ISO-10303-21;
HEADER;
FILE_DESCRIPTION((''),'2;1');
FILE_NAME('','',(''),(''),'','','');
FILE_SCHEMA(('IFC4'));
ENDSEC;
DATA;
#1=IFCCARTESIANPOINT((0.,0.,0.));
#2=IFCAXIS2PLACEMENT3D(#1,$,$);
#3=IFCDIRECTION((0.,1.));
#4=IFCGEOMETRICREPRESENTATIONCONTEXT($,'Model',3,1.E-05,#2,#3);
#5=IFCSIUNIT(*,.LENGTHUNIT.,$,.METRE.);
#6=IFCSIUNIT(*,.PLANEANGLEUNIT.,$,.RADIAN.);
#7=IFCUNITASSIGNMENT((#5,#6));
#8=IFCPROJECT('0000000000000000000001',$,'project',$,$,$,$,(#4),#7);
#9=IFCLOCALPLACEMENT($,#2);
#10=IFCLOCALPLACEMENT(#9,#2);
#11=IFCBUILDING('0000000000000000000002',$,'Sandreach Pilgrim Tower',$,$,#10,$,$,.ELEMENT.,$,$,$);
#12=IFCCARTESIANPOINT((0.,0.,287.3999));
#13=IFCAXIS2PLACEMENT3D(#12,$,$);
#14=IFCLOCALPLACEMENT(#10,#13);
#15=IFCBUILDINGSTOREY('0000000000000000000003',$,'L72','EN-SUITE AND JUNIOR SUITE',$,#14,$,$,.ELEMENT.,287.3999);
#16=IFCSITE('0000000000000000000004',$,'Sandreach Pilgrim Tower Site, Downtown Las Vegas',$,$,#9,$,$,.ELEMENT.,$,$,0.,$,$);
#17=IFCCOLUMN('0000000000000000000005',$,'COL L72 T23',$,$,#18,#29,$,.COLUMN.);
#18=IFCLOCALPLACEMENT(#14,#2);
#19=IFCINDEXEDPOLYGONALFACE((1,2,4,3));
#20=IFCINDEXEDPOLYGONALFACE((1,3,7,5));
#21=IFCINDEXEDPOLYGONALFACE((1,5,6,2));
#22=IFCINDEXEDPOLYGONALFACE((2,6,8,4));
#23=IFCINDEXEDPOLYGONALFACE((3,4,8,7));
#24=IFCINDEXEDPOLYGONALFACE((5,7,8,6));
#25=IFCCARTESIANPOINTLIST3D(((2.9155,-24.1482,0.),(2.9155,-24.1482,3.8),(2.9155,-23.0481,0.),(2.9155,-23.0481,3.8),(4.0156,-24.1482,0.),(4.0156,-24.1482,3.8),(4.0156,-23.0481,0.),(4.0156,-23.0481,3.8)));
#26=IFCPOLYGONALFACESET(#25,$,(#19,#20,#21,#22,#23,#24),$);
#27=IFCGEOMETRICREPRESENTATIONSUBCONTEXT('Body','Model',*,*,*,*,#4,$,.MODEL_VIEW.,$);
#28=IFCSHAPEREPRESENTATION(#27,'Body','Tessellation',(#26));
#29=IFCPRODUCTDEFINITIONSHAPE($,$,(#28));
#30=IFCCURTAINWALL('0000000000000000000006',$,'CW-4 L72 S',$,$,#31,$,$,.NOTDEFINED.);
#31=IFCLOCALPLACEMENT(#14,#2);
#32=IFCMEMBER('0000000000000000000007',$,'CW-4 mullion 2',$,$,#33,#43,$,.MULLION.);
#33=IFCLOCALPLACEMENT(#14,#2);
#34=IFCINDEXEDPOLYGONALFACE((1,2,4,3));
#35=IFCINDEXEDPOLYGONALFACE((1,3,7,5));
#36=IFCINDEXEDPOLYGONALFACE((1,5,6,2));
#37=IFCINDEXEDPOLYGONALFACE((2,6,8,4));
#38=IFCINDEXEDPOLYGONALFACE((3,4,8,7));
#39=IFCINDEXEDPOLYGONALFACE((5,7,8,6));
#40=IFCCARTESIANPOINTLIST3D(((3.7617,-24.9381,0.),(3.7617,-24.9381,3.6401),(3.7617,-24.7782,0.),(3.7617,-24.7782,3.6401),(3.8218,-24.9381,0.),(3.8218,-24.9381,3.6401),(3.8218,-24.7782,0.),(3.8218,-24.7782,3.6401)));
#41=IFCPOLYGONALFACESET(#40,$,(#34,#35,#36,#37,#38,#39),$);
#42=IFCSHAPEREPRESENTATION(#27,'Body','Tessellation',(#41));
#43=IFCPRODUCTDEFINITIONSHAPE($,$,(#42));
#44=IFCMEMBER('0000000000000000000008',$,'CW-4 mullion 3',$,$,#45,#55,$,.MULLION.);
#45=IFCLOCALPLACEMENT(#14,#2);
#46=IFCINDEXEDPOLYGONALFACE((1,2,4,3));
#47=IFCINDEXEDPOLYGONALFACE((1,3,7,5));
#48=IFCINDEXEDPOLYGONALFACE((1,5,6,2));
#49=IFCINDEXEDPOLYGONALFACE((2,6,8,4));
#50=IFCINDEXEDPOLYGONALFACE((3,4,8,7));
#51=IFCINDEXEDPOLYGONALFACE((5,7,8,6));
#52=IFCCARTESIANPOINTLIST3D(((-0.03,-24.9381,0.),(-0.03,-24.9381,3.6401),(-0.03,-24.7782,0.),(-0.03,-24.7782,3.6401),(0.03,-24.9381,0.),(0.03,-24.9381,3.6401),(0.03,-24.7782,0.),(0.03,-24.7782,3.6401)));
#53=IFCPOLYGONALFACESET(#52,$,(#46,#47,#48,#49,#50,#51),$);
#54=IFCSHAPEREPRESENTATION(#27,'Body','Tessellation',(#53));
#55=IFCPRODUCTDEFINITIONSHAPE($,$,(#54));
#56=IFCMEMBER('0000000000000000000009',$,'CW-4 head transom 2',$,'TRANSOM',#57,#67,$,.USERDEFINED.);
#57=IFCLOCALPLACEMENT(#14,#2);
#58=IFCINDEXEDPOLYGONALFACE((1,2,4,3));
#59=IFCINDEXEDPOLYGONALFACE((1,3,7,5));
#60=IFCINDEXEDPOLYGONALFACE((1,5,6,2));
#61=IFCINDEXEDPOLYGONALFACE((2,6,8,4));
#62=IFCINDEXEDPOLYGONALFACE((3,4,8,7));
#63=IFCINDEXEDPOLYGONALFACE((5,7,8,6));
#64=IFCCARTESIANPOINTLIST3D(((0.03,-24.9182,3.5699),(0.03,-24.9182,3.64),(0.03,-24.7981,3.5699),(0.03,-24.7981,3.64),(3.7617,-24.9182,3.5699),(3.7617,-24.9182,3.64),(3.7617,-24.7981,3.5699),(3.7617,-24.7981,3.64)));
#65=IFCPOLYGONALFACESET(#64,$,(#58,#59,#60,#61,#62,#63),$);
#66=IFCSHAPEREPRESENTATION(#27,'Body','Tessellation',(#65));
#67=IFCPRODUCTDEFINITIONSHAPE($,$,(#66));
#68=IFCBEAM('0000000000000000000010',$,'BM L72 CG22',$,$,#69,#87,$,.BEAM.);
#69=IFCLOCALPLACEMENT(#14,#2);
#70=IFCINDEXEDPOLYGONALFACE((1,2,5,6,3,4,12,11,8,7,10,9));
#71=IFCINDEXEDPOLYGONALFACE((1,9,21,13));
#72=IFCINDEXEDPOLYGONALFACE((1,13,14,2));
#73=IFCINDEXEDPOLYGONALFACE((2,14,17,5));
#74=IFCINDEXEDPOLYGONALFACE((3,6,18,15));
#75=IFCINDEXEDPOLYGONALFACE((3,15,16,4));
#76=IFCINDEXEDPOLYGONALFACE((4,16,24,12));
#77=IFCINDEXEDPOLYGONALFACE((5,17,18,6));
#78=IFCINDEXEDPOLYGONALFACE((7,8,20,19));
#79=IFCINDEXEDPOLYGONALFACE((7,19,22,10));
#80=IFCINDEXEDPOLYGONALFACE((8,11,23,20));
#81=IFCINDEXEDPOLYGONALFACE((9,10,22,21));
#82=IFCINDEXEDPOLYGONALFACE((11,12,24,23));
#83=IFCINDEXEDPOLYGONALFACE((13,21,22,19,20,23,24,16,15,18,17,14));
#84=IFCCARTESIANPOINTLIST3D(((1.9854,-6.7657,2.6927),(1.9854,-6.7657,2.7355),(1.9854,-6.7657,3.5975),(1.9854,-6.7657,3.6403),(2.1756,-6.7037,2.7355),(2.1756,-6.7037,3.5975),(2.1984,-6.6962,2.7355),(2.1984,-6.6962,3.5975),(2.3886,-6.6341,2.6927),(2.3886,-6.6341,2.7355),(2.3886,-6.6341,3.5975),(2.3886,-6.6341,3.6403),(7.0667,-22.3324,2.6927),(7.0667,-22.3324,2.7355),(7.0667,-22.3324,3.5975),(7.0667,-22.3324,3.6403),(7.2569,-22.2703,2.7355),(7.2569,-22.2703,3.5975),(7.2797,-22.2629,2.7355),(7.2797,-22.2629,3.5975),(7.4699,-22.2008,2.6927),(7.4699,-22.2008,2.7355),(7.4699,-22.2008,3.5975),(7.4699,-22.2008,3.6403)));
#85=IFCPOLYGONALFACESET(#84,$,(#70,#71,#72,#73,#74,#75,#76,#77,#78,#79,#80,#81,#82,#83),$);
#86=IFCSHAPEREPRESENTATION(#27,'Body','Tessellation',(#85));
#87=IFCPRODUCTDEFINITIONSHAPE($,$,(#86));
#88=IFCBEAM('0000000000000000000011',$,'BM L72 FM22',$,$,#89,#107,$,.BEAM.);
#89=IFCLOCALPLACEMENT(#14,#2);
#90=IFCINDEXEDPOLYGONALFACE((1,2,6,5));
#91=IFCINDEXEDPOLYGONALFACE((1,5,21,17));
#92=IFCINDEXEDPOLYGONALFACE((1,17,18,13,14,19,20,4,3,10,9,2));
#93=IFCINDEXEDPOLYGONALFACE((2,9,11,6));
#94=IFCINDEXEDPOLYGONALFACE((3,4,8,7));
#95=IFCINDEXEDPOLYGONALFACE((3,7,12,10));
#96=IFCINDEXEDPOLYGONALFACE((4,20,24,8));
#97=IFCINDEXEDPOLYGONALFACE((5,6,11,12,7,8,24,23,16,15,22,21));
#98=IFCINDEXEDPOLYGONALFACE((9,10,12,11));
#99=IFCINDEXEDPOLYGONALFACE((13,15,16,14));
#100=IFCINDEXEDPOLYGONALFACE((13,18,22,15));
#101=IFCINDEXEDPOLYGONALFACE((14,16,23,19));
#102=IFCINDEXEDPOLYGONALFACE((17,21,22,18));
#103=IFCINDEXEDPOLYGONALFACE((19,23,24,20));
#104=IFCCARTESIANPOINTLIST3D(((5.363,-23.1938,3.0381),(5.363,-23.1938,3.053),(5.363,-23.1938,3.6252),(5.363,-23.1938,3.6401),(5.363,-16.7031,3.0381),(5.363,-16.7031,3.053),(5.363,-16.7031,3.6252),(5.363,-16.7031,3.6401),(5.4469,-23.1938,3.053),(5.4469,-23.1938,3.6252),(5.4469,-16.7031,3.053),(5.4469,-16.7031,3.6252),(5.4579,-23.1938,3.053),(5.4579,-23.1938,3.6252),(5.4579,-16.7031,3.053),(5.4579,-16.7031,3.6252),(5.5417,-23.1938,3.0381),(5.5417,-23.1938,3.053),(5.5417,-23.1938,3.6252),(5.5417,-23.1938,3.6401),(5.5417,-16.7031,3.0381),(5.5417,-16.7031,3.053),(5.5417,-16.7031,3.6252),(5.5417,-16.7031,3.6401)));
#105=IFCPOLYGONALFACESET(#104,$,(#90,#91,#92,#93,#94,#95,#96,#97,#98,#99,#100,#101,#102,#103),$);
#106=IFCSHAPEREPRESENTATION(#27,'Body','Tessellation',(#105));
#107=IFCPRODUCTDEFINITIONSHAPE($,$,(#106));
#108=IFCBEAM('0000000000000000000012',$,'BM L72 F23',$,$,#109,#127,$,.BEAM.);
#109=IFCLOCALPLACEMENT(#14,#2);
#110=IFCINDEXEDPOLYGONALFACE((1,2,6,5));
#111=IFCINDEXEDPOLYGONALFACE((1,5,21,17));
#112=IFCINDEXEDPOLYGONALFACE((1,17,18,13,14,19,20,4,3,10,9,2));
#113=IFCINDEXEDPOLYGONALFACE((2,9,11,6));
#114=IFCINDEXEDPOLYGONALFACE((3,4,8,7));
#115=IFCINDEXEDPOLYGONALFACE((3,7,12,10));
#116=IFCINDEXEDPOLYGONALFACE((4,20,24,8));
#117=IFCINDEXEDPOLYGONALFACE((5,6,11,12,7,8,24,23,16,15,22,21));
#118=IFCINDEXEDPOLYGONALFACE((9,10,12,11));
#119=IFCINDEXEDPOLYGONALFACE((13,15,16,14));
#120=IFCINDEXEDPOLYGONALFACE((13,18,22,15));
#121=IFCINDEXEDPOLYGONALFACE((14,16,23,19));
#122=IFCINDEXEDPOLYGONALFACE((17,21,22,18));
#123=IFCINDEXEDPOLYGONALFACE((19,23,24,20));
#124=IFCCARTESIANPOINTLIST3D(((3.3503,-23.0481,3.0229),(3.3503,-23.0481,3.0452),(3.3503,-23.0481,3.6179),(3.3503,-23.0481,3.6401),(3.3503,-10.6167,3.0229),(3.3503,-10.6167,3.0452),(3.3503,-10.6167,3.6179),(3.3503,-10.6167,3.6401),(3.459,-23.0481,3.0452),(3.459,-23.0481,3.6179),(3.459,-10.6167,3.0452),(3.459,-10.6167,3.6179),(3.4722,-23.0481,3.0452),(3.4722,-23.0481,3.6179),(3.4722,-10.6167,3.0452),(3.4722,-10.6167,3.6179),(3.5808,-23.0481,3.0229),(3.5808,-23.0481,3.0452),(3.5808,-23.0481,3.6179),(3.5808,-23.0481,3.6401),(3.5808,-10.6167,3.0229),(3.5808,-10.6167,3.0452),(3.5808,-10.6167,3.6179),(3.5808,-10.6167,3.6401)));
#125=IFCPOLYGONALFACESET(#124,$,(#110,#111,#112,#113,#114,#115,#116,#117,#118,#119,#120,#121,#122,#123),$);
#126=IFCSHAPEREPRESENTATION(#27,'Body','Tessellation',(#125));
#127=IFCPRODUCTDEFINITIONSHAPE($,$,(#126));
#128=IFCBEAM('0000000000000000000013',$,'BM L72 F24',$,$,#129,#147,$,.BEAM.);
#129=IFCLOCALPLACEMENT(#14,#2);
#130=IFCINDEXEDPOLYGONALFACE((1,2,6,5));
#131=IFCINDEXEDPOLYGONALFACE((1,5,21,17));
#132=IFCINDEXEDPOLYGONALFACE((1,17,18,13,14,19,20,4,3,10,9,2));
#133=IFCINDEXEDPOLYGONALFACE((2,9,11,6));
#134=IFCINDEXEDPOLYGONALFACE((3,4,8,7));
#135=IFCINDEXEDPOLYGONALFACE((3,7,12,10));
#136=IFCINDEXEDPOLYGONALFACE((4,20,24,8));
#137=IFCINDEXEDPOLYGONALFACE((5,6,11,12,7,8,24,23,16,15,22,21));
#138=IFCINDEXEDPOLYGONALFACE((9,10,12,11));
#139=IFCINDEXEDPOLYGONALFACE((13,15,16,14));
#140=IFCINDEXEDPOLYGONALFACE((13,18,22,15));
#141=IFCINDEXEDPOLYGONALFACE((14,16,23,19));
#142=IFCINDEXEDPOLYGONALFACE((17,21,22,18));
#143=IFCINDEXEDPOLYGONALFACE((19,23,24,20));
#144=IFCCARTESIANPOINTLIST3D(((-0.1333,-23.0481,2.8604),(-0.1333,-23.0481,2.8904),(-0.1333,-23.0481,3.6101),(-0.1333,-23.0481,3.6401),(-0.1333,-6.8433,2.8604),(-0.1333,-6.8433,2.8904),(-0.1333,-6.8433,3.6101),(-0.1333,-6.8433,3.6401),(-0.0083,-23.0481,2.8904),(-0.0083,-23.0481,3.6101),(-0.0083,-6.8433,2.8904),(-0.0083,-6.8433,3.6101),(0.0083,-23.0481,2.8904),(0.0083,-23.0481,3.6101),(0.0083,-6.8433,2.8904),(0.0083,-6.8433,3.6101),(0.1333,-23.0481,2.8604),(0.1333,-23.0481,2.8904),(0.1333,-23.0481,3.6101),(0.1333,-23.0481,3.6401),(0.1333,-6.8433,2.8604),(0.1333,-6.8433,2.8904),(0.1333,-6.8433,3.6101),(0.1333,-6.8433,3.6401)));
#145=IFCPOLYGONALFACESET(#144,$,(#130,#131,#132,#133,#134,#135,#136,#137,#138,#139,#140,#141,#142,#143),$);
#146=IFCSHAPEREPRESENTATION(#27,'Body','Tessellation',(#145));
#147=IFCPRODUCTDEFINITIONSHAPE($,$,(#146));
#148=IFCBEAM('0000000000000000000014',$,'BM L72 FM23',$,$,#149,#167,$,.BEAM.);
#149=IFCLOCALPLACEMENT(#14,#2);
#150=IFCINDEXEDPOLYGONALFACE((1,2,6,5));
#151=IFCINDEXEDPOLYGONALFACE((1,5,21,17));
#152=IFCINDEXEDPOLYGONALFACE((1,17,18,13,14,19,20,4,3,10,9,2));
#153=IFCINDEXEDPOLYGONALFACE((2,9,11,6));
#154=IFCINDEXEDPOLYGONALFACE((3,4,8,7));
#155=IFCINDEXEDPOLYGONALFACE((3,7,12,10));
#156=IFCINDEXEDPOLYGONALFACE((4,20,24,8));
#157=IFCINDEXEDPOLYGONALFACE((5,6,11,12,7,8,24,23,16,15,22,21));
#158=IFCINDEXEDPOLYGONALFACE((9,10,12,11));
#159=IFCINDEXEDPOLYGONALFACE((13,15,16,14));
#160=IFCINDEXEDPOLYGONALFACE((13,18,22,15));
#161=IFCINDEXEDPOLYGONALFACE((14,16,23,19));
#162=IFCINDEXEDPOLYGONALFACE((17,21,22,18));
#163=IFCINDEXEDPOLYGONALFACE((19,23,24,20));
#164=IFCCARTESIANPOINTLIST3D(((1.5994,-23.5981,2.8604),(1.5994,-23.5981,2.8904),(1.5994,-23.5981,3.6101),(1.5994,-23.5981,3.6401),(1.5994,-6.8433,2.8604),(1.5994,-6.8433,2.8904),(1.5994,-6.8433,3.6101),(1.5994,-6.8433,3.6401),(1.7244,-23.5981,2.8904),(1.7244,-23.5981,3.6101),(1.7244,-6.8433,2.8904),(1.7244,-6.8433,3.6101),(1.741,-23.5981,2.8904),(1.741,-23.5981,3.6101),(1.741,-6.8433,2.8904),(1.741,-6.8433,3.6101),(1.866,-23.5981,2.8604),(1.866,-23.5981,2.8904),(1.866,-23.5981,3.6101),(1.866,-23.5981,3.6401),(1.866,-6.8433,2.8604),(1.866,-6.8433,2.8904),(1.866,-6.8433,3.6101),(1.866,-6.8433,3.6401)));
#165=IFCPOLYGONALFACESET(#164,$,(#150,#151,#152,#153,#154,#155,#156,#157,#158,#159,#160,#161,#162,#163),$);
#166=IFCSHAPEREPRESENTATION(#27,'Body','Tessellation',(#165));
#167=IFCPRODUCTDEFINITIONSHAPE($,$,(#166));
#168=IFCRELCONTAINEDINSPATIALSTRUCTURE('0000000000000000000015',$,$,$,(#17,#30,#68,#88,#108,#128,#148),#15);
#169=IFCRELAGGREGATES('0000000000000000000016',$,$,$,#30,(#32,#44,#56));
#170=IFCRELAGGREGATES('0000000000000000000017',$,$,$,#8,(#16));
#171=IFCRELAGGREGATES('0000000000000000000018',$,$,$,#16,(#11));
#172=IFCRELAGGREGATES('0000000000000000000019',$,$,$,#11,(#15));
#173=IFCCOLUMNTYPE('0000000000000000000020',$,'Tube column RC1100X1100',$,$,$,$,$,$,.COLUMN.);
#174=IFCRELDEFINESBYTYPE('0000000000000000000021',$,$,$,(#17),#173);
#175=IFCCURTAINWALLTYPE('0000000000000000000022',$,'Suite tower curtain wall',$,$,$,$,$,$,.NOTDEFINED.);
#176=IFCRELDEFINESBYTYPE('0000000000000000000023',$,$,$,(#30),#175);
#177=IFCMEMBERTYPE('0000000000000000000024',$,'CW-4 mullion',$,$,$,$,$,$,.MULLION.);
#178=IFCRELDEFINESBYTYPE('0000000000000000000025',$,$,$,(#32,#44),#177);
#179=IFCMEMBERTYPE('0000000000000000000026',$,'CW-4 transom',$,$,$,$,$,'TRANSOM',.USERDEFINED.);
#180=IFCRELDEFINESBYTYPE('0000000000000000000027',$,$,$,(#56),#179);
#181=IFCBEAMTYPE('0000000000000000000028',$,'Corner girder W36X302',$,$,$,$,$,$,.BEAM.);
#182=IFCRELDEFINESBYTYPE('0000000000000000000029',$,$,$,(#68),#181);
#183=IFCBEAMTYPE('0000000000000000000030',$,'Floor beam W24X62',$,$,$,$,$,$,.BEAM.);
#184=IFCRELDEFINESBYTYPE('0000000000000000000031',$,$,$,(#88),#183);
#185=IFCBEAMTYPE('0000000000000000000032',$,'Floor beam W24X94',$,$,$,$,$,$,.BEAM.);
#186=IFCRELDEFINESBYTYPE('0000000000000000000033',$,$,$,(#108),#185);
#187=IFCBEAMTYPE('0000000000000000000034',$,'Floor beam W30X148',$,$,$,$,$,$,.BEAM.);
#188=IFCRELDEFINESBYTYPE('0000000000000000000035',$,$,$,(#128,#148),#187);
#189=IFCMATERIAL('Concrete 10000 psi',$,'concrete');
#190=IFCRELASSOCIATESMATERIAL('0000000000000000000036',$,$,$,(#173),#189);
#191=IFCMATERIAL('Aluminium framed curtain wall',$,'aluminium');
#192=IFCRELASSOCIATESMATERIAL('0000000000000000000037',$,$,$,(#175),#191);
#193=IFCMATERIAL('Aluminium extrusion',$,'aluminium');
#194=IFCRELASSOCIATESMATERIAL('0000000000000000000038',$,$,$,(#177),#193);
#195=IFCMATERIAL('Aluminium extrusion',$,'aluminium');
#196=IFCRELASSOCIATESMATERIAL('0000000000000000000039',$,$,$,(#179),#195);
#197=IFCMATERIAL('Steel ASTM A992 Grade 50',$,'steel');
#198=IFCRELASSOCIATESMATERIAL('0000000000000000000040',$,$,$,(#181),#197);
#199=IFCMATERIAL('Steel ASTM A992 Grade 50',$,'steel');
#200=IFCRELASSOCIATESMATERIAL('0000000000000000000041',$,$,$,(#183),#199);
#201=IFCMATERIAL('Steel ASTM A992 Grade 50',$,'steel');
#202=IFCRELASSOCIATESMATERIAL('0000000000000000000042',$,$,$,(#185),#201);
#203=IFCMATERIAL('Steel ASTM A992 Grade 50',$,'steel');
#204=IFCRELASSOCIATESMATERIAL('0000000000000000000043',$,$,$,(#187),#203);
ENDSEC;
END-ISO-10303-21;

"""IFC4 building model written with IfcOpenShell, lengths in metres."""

from ifc_helpers import new_model, si_unit, direction, frame, origin, origin_2d, place, context, subcontext, project, spatial, rectangle, i_section, extrude, material, material_profile, profile_set, type_object, element, aggregate, save


model = new_model("IFC4")

# Units and contexts
model_context = context("Model", 3, precision=1e-05, world=origin(), true_north=direction((0.0, 1.0)))
body_context = subcontext(model_context, "Body", "Model", "MODEL_VIEW")
ifc_project = project(units=[si_unit("LENGTHUNIT", "METRE"), si_unit("PLANEANGLEUNIT", "RADIAN")], contexts=[model_context])

# Site, building, storey
site_placement = place(None, origin())
site = spatial("IfcSite", under=ifc_project, at=site_placement, Name="Sandreach Pilgrim Tower Site, Downtown Las Vegas", CompositionType="ELEMENT", RefElevation=0.0)
building_placement = place(site_placement, origin())
building = spatial("IfcBuilding", under=site, at=building_placement, Name="Sandreach Pilgrim Tower", CompositionType="ELEMENT")
storey_placement = place(building_placement, frame((0.0, 0.0, 287.3999)))
storey = spatial("IfcBuildingStorey", under=building, at=storey_placement, Name="L72", Description="EN-SUITE AND JUNIOR SUITE", CompositionType="ELEMENT", Elevation=287.3999)

# Column
ifc_material_1 = material(Name="Concrete 10000 psi", Category="concrete")
ifc_material_profile_1 = material_profile(ifc_material_1, rectangle(XDim=1.1001, YDim=1.1001, at=origin_2d()), Name="RC1100X1100")
ifc_profile_set_1 = profile_set([ifc_material_profile_1], Name="Concrete 10000 psi")
column_type = type_object("IfcColumnType", Name="Tube column RC1100X1100", PredefinedType="COLUMN", material=ifc_profile_set_1)
column_placement = place(storey_placement, frame((3.4656, -23.5981, 0.0), z_axis=(0.0, 0.0, 1.0), x_axis=(0.0, -1.0, 0.0)))
element("IfcColumn", 1, at=column_placement, inside=storey, type_object=column_type, Name="COL L72 T23", PredefinedType="COLUMN", context=body_context, shape_type="SweptSolid", body=[
    extrude(rectangle(XDim=1.1001, YDim=1.1001, at=origin_2d()), origin(), (0.0, 0.0, 1.0), 3.8),
])

# Curtain wall, members
ifc_material_2 = material(Name="Aluminium framed curtain wall", Category="aluminium")
curtain_wall_type = type_object("IfcCurtainWallType", Name="Suite tower curtain wall", PredefinedType="NOTDEFINED", material=ifc_material_2)
curtain_wall_placement = place(storey_placement, origin())
curtain_wall = element("IfcCurtainWall", 2, at=curtain_wall_placement, inside=storey, type_object=curtain_wall_type, Name="CW-4 L72 S", PredefinedType="NOTDEFINED")
ifc_material_3 = material(Name="Aluminium extrusion", Category="aluminium")
ifc_material_profile_2 = material_profile(ifc_material_3, rectangle(XDim=0.0601, YDim=0.1599, at=origin_2d()), Name="CW-4M 60X160")
ifc_profile_set_2 = profile_set([ifc_material_profile_2], Name="Aluminium extrusion")
member_type_1 = type_object("IfcMemberType", Name="CW-4 mullion", PredefinedType="MULLION", material=ifc_profile_set_2)
member_1_placement = place(storey_placement, frame((3.7917, -24.8582, 0.0), z_axis=(0.0, 0.0, 1.0), x_axis=(-1.0, 0.0, 0.0)))
member_1 = element("IfcMember", 3, at=member_1_placement, type_object=member_type_1, Name="CW-4 mullion 2", PredefinedType="MULLION", context=body_context, shape_type="SweptSolid", body=[
    extrude(rectangle(XDim=0.0601, YDim=0.1599, at=origin_2d()), origin(), (0.0, 0.0, 1.0), 3.6401),
])
member_2_placement = place(storey_placement, frame((0.0, -24.8582, 0.0), z_axis=(0.0, 0.0, 1.0), x_axis=(-1.0, 0.0, 0.0)))
member_2 = element("IfcMember", 4, at=member_2_placement, type_object=member_type_1, Name="CW-4 mullion 3", PredefinedType="MULLION", context=body_context, shape_type="SweptSolid", body=[
    extrude(rectangle(XDim=0.0601, YDim=0.1599, at=origin_2d()), origin(), (0.0, 0.0, 1.0), 3.6401),
])
ifc_material_4 = material(Name="Aluminium extrusion", Category="aluminium")
ifc_material_profile_3 = material_profile(ifc_material_4, rectangle(XDim=0.1201, YDim=0.0701, at=origin_2d()), Name="CW-4T 120X70")
ifc_profile_set_3 = profile_set([ifc_material_profile_3], Name="Aluminium extrusion")
member_type_2 = type_object("IfcMemberType", Name="CW-4 transom", ElementType="TRANSOM", PredefinedType="USERDEFINED", material=ifc_profile_set_3)
member_3_placement = place(storey_placement, frame((3.7617, -24.8582, 3.605), z_axis=(-1.0, 0.0, 0.0), x_axis=(0.0, -1.0, 0.0)))
member_3 = element("IfcMember", 5, at=member_3_placement, type_object=member_type_2, Name="CW-4 head transom 2", ObjectType="TRANSOM", PredefinedType="USERDEFINED", context=body_context, shape_type="SweptSolid", body=[
    extrude(rectangle(XDim=0.1201, YDim=0.0701, at=origin_2d()), origin(), (0.0, 0.0, 1.0), 3.7317),
])

# Beams
ifc_material_5 = material(Name="Steel ASTM A992 Grade 50", Category="steel")
ifc_material_profile_4 = material_profile(ifc_material_5, i_section(OverallWidth=0.4241, OverallDepth=0.9475, WebThickness=0.0239, FlangeThickness=0.0427, at=origin_2d()), Name="W36X302")
ifc_profile_set_4 = profile_set([ifc_material_profile_4], Name="Steel ASTM A992 Grade 50")
beam_type_1 = type_object("IfcBeamType", Name="Corner girder W36X302", PredefinedType="BEAM", material=ifc_profile_set_4)
beam_1_placement = place(storey_placement, frame((7.2683, -22.2666, 3.1665), z_axis=(-0.310309, 0.950636, 0.0), x_axis=(-0.950636, -0.310309, 0.0)))
element("IfcBeam", 6, at=beam_1_placement, inside=storey, type_object=beam_type_1, Name="BM L72 CG22", PredefinedType="BEAM", context=body_context, shape_type="SweptSolid", body=[
    extrude(i_section(OverallWidth=0.4241, OverallDepth=0.9475, WebThickness=0.0239, FlangeThickness=0.0427, at=origin_2d()), origin(), (0.0, 0.0, 1.0), 16.375),
])
ifc_material_6 = material(Name="Steel ASTM A992 Grade 50", Category="steel")
ifc_material_profile_5 = material_profile(ifc_material_6, i_section(OverallWidth=0.1787, OverallDepth=0.6021, WebThickness=0.011, FlangeThickness=0.0149, at=origin_2d()), Name="W24X62")
ifc_profile_set_5 = profile_set([ifc_material_profile_5], Name="Steel ASTM A992 Grade 50")
beam_type_2 = type_object("IfcBeamType", Name="Floor beam W24X62", PredefinedType="BEAM", material=ifc_profile_set_5)
beam_2_placement = place(storey_placement, frame((5.4524, -23.1938, 3.3391), z_axis=(0.0, 1.0, 0.0), x_axis=(-1.0, 0.0, 0.0)))
element("IfcBeam", 7, at=beam_2_placement, inside=storey, type_object=beam_type_2, Name="BM L72 FM22", PredefinedType="BEAM", context=body_context, shape_type="SweptSolid", body=[
    extrude(i_section(OverallWidth=0.1787, OverallDepth=0.6021, WebThickness=0.011, FlangeThickness=0.0149, at=origin_2d()), origin(), (0.0, 0.0, 1.0), 6.4907),
])
ifc_material_7 = material(Name="Steel ASTM A992 Grade 50", Category="steel")
ifc_material_profile_6 = material_profile(ifc_material_7, i_section(OverallWidth=0.2305, OverallDepth=0.6172, WebThickness=0.0132, FlangeThickness=0.0222, at=origin_2d()), Name="W24X94")
ifc_profile_set_6 = profile_set([ifc_material_profile_6], Name="Steel ASTM A992 Grade 50")
beam_type_3 = type_object("IfcBeamType", Name="Floor beam W24X94", PredefinedType="BEAM", material=ifc_profile_set_6)
beam_3_placement = place(storey_placement, frame((3.4656, -23.0481, 3.3315), z_axis=(0.0, 1.0, 0.0), x_axis=(-1.0, 0.0, 0.0)))
element("IfcBeam", 8, at=beam_3_placement, inside=storey, type_object=beam_type_3, Name="BM L72 F23", PredefinedType="BEAM", context=body_context, shape_type="SweptSolid", body=[
    extrude(i_section(OverallWidth=0.2305, OverallDepth=0.6172, WebThickness=0.0132, FlangeThickness=0.0222, at=origin_2d()), origin(), (0.0, 0.0, 1.0), 12.4314),
])
ifc_material_8 = material(Name="Steel ASTM A992 Grade 50", Category="steel")
ifc_material_profile_7 = material_profile(ifc_material_8, i_section(OverallWidth=0.2666, OverallDepth=0.7798, WebThickness=0.0166, FlangeThickness=0.03, at=origin_2d()), Name="W30X148")
ifc_profile_set_7 = profile_set([ifc_material_profile_7], Name="Steel ASTM A992 Grade 50")
beam_type_4 = type_object("IfcBeamType", Name="Floor beam W30X148", PredefinedType="BEAM", material=ifc_profile_set_7)
beam_4_placement = place(storey_placement, frame((0.0, -23.0481, 3.2502), z_axis=(0.0, 1.0, 0.0), x_axis=(-1.0, 0.0, 0.0)))
element("IfcBeam", 9, at=beam_4_placement, inside=storey, type_object=beam_type_4, Name="BM L72 F24", PredefinedType="BEAM", context=body_context, shape_type="SweptSolid", body=[
    extrude(i_section(OverallWidth=0.2666, OverallDepth=0.7798, WebThickness=0.0166, FlangeThickness=0.03, at=origin_2d()), origin(), (0.0, 0.0, 1.0), 16.2048),
])
beam_5_placement = place(storey_placement, frame((1.7327, -23.5981, 3.2502), z_axis=(0.0, 1.0, 0.0), x_axis=(-1.0, 0.0, 0.0)))
element("IfcBeam", 10, at=beam_5_placement, inside=storey, type_object=beam_type_4, Name="BM L72 FM23", PredefinedType="BEAM", context=body_context, shape_type="SweptSolid", body=[
    extrude(i_section(OverallWidth=0.2666, OverallDepth=0.7798, WebThickness=0.0166, FlangeThickness=0.03, at=origin_2d()), origin(), (0.0, 0.0, 1.0), 16.7549),
])

aggregate(curtain_wall, [member_1, member_2, member_3])

save(model, "model.ifc")
